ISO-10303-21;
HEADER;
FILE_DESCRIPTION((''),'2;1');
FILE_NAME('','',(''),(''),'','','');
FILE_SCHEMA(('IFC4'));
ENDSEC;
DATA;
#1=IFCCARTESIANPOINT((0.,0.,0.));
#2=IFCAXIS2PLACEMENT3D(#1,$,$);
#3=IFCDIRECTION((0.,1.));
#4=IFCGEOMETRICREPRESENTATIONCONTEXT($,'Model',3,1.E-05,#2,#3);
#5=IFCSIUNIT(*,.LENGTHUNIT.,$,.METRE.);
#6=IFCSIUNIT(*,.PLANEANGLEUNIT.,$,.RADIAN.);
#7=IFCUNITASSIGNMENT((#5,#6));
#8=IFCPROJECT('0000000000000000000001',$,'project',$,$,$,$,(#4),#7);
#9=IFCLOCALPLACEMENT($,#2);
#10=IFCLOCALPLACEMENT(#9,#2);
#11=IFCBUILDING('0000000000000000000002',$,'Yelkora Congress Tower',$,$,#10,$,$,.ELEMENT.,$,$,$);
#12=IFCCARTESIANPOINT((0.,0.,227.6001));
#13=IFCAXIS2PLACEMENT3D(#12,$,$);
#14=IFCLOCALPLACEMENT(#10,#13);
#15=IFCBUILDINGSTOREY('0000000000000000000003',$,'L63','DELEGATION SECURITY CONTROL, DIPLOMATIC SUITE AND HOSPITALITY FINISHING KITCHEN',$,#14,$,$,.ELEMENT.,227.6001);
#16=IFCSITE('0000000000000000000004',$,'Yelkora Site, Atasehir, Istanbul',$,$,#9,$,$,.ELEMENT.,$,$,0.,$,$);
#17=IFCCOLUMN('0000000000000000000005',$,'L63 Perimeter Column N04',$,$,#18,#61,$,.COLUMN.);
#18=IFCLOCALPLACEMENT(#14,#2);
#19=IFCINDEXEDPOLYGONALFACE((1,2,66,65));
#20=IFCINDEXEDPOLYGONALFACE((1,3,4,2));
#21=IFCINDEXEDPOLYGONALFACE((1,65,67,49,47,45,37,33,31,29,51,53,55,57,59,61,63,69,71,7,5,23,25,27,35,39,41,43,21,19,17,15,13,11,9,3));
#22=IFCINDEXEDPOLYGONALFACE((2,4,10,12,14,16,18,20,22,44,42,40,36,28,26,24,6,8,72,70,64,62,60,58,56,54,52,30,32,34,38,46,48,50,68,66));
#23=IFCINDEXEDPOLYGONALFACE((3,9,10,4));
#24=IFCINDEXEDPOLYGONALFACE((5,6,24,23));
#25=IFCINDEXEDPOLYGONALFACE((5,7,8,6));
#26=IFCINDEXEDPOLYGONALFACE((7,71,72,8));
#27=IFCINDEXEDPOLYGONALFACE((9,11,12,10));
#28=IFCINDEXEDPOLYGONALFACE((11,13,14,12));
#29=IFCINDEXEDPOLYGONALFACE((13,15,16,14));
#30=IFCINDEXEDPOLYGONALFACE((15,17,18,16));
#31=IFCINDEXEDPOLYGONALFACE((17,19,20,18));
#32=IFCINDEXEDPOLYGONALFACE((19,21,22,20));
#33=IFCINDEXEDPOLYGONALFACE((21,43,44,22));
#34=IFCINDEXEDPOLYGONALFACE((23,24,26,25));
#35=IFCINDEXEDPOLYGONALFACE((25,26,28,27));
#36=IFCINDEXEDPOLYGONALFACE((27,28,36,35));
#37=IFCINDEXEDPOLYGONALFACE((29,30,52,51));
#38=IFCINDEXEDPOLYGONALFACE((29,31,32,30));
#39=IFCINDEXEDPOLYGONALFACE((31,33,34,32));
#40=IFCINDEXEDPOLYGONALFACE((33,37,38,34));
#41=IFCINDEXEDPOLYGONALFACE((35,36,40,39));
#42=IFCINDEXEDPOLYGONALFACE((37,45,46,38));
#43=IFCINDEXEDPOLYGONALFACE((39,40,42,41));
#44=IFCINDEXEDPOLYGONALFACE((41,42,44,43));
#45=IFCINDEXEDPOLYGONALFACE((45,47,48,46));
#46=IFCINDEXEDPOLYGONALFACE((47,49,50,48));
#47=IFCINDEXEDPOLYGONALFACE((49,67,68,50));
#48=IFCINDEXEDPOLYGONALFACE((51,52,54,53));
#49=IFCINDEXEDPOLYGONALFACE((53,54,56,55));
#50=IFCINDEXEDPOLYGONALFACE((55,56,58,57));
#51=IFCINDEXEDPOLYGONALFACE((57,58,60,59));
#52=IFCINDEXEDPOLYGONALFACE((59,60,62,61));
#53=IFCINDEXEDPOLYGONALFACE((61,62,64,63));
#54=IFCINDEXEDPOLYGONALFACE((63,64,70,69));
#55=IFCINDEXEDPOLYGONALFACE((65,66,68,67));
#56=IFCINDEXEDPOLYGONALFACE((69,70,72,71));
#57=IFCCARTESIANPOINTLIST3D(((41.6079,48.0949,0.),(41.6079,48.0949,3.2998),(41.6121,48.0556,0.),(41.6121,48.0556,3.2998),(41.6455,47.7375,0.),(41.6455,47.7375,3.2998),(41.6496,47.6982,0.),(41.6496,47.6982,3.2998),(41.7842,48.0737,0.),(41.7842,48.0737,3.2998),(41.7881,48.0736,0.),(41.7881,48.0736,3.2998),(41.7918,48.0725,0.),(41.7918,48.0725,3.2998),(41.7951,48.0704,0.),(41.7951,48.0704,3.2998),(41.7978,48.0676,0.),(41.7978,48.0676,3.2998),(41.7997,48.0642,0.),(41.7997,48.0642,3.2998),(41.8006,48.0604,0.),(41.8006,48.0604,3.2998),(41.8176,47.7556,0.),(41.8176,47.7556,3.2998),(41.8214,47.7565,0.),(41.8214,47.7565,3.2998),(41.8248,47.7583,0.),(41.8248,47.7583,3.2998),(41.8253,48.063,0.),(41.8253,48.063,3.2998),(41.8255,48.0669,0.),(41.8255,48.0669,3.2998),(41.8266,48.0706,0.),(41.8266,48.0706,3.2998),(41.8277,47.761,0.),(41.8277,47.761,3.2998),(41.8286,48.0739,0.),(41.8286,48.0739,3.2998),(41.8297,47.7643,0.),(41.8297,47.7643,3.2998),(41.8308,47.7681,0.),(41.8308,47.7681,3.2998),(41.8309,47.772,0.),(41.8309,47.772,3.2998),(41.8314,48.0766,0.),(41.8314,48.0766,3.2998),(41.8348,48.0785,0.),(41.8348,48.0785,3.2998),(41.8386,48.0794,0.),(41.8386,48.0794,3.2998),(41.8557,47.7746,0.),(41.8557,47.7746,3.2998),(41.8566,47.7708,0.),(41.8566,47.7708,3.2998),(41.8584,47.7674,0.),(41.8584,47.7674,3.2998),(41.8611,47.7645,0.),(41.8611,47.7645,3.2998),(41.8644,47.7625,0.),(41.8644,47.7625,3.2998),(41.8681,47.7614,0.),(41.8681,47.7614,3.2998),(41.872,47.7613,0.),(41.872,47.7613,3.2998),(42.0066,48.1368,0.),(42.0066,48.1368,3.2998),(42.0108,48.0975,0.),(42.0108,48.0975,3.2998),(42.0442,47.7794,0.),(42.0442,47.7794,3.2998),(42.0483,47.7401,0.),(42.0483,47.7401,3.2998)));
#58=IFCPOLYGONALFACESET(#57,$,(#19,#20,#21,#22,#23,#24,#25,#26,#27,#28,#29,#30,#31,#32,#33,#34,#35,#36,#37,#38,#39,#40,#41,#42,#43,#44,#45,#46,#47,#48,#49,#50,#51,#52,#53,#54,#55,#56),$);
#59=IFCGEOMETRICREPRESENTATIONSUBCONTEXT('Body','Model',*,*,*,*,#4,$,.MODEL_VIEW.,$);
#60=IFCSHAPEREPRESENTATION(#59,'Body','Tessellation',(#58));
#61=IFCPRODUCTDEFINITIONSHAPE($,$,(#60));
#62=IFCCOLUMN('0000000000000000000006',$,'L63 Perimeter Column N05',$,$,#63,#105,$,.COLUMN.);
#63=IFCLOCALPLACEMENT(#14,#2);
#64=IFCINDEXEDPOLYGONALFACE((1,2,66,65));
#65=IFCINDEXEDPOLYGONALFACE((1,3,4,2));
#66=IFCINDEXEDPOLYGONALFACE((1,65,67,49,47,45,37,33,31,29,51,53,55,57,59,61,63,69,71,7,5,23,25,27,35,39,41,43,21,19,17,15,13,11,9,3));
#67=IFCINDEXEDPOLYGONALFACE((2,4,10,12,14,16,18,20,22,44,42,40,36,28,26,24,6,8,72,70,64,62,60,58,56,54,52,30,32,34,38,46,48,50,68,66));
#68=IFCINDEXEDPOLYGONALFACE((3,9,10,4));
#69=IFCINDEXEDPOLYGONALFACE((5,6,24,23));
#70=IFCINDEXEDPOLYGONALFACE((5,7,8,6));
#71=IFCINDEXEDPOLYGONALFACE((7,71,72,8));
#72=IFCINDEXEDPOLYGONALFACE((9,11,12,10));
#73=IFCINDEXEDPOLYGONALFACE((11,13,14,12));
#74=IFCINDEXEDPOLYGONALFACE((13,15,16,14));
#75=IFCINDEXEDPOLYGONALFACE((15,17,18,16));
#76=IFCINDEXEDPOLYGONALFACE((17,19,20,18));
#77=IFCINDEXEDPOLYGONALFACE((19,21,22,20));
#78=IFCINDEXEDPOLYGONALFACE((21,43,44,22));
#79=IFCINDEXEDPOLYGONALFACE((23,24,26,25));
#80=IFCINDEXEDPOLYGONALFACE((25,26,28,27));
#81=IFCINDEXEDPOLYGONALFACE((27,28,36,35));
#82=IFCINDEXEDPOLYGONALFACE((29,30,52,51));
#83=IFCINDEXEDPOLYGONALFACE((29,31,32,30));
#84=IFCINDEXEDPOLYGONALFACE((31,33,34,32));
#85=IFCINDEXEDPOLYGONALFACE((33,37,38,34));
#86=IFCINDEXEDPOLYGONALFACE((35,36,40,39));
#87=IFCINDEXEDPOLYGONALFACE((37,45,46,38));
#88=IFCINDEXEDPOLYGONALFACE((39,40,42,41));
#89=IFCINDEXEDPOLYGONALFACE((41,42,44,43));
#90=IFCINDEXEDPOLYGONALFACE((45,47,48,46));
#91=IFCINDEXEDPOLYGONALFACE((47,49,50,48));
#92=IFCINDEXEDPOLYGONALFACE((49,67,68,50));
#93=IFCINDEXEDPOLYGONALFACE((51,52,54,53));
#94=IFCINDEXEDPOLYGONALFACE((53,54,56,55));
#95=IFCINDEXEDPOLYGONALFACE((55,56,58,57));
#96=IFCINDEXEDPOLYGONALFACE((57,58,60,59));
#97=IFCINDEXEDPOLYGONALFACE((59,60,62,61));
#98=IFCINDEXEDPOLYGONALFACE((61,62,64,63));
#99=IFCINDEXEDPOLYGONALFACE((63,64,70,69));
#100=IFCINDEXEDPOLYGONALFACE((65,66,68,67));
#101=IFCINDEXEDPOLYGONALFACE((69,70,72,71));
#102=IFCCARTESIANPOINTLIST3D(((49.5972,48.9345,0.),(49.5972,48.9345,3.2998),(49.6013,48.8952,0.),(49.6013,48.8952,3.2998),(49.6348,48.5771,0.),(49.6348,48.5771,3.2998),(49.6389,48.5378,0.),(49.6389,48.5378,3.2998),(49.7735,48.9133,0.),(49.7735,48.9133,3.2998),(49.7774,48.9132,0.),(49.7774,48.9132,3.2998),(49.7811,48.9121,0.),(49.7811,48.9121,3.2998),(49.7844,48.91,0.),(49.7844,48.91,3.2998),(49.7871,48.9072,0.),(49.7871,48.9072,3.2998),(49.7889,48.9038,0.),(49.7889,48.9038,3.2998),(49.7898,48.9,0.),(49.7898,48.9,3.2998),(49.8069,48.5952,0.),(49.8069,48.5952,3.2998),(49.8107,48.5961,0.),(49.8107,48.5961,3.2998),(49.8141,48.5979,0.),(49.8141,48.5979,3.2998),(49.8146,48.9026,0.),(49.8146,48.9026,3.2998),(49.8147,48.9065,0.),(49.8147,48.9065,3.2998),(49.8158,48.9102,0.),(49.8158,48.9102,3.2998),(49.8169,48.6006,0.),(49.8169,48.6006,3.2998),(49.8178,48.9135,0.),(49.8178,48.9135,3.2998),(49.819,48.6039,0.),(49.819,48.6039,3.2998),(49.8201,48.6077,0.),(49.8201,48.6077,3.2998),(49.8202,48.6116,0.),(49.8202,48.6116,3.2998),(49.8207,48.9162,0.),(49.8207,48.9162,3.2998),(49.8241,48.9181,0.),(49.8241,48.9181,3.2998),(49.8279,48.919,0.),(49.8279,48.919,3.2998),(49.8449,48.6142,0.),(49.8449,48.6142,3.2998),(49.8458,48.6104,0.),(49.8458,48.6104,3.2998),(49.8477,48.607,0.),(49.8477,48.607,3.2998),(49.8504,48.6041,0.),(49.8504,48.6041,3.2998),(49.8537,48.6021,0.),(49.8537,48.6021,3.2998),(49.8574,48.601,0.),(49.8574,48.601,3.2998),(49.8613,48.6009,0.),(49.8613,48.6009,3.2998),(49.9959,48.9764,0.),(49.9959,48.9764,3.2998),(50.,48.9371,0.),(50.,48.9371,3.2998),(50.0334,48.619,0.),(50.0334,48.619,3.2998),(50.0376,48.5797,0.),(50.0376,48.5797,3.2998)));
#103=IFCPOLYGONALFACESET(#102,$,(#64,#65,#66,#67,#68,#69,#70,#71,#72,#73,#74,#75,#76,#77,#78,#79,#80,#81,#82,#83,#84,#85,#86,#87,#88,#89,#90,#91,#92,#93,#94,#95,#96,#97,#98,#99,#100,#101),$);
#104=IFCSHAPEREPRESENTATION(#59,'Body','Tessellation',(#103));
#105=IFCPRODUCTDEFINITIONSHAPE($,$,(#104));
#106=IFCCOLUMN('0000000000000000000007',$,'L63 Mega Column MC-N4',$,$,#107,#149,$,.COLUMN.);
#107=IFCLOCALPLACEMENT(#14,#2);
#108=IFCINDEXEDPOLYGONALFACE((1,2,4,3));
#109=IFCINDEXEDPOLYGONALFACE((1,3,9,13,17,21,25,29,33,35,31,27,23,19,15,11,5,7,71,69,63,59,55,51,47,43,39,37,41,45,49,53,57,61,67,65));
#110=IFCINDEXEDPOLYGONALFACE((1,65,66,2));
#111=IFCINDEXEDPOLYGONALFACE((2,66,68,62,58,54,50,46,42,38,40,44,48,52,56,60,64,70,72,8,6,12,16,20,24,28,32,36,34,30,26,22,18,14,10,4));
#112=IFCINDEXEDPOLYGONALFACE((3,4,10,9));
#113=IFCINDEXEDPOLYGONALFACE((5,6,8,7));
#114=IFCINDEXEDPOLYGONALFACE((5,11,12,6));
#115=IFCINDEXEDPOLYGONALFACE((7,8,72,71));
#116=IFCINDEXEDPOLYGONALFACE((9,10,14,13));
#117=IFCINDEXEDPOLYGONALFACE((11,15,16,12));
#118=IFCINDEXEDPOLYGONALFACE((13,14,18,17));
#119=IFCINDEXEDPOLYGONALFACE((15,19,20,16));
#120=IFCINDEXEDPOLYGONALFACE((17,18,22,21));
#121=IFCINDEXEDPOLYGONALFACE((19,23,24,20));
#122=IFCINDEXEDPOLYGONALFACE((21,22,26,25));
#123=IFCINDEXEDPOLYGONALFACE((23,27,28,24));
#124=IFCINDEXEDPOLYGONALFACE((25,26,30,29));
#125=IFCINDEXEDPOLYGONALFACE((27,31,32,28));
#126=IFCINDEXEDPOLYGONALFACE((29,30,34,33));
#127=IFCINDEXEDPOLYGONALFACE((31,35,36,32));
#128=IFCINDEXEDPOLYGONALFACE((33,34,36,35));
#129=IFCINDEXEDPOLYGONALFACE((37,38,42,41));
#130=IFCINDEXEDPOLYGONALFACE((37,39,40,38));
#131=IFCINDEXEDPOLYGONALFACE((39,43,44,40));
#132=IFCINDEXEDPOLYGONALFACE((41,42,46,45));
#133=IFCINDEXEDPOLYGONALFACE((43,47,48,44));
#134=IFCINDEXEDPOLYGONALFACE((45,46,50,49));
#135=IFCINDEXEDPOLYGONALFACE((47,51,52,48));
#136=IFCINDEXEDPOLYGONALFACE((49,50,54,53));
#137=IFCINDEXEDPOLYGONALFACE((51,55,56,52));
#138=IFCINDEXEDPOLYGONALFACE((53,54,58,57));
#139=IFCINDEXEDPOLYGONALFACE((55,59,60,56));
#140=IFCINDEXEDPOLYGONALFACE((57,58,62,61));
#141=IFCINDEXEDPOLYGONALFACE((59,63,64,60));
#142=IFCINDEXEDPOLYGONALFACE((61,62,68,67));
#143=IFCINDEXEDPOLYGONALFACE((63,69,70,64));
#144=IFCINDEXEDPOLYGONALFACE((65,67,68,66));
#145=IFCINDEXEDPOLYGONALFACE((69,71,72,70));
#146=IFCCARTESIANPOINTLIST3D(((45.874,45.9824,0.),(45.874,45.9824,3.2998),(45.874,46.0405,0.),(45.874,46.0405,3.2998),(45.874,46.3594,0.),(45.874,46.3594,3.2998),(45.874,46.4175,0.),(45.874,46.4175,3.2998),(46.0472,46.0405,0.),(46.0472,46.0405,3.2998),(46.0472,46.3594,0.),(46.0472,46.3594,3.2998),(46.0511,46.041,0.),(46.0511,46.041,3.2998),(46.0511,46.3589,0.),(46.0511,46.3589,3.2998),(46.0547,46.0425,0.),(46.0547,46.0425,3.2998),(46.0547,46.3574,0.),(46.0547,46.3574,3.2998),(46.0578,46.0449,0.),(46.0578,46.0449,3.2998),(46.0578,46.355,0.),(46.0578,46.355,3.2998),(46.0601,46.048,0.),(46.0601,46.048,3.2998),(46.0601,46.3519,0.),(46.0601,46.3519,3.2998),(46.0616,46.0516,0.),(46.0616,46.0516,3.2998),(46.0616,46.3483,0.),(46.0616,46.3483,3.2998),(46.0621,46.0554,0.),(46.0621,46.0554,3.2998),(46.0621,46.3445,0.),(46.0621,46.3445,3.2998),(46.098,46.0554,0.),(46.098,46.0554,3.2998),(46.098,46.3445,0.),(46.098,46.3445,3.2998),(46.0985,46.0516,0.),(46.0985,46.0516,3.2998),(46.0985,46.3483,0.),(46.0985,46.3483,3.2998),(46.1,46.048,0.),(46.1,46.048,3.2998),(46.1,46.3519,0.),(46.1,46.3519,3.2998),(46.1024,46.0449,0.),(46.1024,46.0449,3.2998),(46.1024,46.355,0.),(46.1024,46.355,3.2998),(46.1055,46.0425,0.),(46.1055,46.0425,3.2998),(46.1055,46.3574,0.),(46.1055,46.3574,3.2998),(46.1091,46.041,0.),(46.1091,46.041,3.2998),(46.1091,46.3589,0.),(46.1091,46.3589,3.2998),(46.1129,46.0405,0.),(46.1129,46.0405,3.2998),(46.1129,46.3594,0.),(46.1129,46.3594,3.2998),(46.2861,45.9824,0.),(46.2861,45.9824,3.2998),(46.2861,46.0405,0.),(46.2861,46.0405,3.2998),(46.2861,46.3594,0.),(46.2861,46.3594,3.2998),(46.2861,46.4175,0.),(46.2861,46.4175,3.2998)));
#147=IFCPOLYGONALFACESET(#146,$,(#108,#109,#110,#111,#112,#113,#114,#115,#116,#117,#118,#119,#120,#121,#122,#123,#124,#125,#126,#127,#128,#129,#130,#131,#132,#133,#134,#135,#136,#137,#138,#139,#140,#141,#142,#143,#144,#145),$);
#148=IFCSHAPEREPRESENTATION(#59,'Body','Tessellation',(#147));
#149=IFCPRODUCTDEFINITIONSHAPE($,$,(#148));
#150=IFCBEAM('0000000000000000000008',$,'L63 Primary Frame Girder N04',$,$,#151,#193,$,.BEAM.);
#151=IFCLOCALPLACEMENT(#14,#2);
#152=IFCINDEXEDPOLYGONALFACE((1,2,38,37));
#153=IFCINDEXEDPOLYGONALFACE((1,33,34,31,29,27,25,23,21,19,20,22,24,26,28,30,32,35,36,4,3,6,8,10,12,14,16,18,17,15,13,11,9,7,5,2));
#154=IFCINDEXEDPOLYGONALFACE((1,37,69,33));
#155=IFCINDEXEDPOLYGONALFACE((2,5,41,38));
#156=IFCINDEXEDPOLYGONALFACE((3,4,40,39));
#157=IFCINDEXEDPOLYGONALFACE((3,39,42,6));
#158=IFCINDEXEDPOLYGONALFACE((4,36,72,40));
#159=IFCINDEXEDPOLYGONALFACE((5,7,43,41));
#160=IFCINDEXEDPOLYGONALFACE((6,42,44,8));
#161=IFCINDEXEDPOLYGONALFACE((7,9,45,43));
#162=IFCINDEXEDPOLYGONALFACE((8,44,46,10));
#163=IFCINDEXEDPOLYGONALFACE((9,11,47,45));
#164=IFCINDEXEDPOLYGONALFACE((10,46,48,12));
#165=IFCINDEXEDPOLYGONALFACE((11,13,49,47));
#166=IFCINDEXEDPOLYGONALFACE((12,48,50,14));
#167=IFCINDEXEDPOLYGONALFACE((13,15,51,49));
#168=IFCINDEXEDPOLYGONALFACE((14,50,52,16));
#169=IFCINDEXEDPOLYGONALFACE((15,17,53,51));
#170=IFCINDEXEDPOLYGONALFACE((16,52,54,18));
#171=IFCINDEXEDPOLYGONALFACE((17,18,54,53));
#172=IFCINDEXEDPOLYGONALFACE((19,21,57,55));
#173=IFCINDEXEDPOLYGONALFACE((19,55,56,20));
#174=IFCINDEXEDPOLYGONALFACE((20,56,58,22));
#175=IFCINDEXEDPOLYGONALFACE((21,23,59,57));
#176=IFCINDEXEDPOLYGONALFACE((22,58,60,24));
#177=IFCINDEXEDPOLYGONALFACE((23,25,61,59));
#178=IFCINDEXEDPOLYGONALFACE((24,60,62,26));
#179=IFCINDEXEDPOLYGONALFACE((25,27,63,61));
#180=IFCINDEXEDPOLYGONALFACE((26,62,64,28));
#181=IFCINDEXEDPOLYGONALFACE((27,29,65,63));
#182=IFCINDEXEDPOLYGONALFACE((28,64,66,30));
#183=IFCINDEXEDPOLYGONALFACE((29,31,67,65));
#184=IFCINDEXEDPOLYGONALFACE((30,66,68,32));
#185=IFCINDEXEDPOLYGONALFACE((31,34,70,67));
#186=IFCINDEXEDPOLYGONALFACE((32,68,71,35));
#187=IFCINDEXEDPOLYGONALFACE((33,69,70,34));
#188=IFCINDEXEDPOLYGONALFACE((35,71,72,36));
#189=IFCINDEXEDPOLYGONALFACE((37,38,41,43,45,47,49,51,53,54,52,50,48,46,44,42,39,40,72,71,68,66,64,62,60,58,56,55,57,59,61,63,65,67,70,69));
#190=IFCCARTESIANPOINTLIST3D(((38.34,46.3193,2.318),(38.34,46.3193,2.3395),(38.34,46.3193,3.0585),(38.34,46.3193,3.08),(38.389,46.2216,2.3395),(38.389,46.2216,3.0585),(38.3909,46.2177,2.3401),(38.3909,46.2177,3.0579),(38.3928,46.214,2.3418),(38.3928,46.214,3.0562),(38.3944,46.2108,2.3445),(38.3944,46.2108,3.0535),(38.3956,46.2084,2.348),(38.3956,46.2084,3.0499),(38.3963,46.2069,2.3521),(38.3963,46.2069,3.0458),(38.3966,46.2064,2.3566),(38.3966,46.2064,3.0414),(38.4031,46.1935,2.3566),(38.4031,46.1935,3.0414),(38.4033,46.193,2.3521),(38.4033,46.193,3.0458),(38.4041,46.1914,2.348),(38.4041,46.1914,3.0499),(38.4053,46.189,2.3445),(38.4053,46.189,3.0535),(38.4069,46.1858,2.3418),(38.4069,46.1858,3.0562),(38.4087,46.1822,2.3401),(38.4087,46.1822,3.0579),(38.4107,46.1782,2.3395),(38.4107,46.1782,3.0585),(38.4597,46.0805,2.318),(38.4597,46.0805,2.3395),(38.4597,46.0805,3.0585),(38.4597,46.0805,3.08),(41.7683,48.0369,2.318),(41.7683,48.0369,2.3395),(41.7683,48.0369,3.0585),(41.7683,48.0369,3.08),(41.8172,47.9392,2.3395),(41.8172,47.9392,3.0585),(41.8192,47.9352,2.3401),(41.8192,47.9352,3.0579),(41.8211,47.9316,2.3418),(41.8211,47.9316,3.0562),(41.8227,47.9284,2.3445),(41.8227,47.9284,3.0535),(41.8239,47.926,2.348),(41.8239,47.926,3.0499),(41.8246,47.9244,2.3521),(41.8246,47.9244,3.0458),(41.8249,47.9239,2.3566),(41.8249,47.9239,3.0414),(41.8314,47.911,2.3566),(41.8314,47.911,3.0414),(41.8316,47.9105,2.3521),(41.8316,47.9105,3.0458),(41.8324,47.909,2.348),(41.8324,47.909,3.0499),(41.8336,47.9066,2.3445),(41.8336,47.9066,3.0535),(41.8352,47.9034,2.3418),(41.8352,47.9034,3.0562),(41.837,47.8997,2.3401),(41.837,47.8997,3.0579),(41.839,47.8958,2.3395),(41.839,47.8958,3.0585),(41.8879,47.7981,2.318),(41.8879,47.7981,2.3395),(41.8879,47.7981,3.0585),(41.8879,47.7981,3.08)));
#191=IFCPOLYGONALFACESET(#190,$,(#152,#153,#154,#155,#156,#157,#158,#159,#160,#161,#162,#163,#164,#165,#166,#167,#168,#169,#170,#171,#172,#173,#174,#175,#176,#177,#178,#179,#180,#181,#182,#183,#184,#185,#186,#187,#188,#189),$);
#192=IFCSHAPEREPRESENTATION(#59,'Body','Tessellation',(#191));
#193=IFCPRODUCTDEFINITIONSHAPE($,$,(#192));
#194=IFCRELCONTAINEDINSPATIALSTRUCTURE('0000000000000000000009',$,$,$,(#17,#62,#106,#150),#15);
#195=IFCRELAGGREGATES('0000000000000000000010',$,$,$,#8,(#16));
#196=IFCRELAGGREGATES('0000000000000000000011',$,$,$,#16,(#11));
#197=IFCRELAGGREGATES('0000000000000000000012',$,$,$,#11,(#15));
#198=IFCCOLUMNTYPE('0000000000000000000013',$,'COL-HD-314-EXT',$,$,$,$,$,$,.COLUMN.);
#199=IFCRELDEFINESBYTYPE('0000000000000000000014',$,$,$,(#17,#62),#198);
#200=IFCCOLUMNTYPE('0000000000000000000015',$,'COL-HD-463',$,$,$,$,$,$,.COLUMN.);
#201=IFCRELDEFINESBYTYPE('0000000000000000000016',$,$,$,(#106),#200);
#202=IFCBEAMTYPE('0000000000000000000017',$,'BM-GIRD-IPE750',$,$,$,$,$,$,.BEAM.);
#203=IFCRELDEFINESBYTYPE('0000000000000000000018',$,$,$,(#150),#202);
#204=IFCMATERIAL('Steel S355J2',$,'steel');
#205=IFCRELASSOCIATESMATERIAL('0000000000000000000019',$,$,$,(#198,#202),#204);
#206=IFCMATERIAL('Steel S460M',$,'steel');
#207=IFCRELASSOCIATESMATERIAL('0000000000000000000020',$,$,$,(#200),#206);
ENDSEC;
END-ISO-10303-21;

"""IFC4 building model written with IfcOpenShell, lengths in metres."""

from ifc_helpers import new_model, si_unit, direction, frame, origin, origin_2d, place, context, subcontext, project, spatial, i_section, extrude, material, material_profile, profile_set, type_object, element, save


model = new_model("IFC4")

# Units and contexts
model_context = context("Model", 3, precision=1e-05, world=origin(), true_north=direction((0.0, 1.0)))
body_context = subcontext(model_context, "Body", "Model", "MODEL_VIEW")
ifc_project = project(units=[si_unit("LENGTHUNIT", "METRE"), si_unit("PLANEANGLEUNIT", "RADIAN")], contexts=[model_context])

# Site, building, storey
site_placement = place(None, origin())
site = spatial("IfcSite", under=ifc_project, at=site_placement, Name="Yelkora Site, Atasehir, Istanbul", CompositionType="ELEMENT", RefElevation=0.0)
building_placement = place(site_placement, origin())
building = spatial("IfcBuilding", under=site, at=building_placement, Name="Yelkora Congress Tower", CompositionType="ELEMENT")
storey_placement = place(building_placement, frame((0.0, 0.0, 227.6001)))
storey = spatial("IfcBuildingStorey", under=building, at=storey_placement, Name="L63", Description="DELEGATION SECURITY CONTROL, DIPLOMATIC SUITE AND HOSPITALITY FINISHING KITCHEN", CompositionType="ELEMENT", Elevation=227.6001)

# Columns
ifc_material_1 = material(Name="Steel S355J2", Category="steel")
ifc_material_profile_1 = material_profile(ifc_material_1, i_section(OverallWidth=0.4009, OverallDepth=0.3989, WebThickness=0.0249, FlangeThickness=0.0396, FilletRadius=0.0149, at=origin_2d()), Name="HD 400x314")
ifc_profile_set_1 = profile_set([ifc_material_profile_1], Name="Steel S355J2")
column_type_1 = type_object("IfcColumnType", Name="COL-HD-314-EXT", PredefinedType="COLUMN", material=ifc_profile_set_1)
for number, where, z_axis, x_axis, name in (
    (1, (41.8281, 47.9175, 0.0), (0.0, 0.0, 1.0), (0.994522, 0.104528, 0.0), "L63 Perimeter Column N04"),
    (2, (49.8174, 48.7571, 0.0), (0.0, 0.0, 1.0), (0.994522, 0.104528, 0.0), "L63 Perimeter Column N05"),
):
    element("IfcColumn", number, at=place(storey_placement, frame(where, z_axis=z_axis, x_axis=x_axis)), inside=storey, type_object=column_type_1, Name=name, PredefinedType="COLUMN", context=body_context, shape_type="SweptSolid", body=[
        extrude(i_section(OverallWidth=0.4009, OverallDepth=0.3989, WebThickness=0.0249, FlangeThickness=0.0396, FilletRadius=0.0149, at=origin_2d()), origin(), (0.0, 0.0, 1.0), 3.2998),
    ])
ifc_material_2 = material(Name="Steel S460M", Category="steel")
ifc_material_profile_2 = material_profile(ifc_material_2, i_section(OverallWidth=0.4121, OverallDepth=0.4351, WebThickness=0.0359, FlangeThickness=0.0581, FilletRadius=0.0149, at=origin_2d()), Name="HD 400x463")
ifc_profile_set_2 = profile_set([ifc_material_profile_2], Name="Steel S460M")
column_type_2 = type_object("IfcColumnType", Name="COL-HD-463", PredefinedType="COLUMN", material=ifc_profile_set_2)
column_placement = place(storey_placement, frame((46.0801, 46.2, 0.0), z_axis=(0.0, 0.0, 1.0), x_axis=(1.0, 0.0, 0.0)))
element("IfcColumn", 3, at=column_placement, inside=storey, type_object=column_type_2, Name="L63 Mega Column MC-N4", PredefinedType="COLUMN", context=body_context, shape_type="SweptSolid", body=[
    extrude(i_section(OverallWidth=0.4121, OverallDepth=0.4351, WebThickness=0.0359, FlangeThickness=0.0581, FilletRadius=0.0149, at=origin_2d()), origin(), (0.0, 0.0, 1.0), 3.2998),
])

# Beam
ifc_material_profile_3 = material_profile(ifc_material_1, i_section(OverallWidth=0.2671, OverallDepth=0.762, WebThickness=0.0144, FlangeThickness=0.0215, FilletRadius=0.0171, at=origin_2d()), Name="IPE 750x173")
ifc_profile_set_3 = profile_set([ifc_material_profile_3], Name="Steel S355J2")
beam_type_1 = type_object("IfcBeamType", Name="BM-GIRD-IPE750", PredefinedType="BEAM", material=ifc_profile_set_3)
beam_1_placement = place(storey_placement, frame((41.8281, 47.9175, 2.699), z_axis=(-0.89407, -0.447927, 0.0), x_axis=(0.447927, -0.89407, 0.0)))
element("IfcBeam", 4, at=beam_1_placement, inside=storey, type_object=beam_type_1, Name="L63 Primary Frame Girder N04", PredefinedType="BEAM", context=body_context, shape_type="SweptSolid", body=[
    extrude(i_section(OverallWidth=0.2671, OverallDepth=0.762, WebThickness=0.0144, FlangeThickness=0.0215, FilletRadius=0.0171, at=origin_2d()), origin(), (0.0, 0.0, 1.0), 3.8345),
])

save(model, "model.ifc")
